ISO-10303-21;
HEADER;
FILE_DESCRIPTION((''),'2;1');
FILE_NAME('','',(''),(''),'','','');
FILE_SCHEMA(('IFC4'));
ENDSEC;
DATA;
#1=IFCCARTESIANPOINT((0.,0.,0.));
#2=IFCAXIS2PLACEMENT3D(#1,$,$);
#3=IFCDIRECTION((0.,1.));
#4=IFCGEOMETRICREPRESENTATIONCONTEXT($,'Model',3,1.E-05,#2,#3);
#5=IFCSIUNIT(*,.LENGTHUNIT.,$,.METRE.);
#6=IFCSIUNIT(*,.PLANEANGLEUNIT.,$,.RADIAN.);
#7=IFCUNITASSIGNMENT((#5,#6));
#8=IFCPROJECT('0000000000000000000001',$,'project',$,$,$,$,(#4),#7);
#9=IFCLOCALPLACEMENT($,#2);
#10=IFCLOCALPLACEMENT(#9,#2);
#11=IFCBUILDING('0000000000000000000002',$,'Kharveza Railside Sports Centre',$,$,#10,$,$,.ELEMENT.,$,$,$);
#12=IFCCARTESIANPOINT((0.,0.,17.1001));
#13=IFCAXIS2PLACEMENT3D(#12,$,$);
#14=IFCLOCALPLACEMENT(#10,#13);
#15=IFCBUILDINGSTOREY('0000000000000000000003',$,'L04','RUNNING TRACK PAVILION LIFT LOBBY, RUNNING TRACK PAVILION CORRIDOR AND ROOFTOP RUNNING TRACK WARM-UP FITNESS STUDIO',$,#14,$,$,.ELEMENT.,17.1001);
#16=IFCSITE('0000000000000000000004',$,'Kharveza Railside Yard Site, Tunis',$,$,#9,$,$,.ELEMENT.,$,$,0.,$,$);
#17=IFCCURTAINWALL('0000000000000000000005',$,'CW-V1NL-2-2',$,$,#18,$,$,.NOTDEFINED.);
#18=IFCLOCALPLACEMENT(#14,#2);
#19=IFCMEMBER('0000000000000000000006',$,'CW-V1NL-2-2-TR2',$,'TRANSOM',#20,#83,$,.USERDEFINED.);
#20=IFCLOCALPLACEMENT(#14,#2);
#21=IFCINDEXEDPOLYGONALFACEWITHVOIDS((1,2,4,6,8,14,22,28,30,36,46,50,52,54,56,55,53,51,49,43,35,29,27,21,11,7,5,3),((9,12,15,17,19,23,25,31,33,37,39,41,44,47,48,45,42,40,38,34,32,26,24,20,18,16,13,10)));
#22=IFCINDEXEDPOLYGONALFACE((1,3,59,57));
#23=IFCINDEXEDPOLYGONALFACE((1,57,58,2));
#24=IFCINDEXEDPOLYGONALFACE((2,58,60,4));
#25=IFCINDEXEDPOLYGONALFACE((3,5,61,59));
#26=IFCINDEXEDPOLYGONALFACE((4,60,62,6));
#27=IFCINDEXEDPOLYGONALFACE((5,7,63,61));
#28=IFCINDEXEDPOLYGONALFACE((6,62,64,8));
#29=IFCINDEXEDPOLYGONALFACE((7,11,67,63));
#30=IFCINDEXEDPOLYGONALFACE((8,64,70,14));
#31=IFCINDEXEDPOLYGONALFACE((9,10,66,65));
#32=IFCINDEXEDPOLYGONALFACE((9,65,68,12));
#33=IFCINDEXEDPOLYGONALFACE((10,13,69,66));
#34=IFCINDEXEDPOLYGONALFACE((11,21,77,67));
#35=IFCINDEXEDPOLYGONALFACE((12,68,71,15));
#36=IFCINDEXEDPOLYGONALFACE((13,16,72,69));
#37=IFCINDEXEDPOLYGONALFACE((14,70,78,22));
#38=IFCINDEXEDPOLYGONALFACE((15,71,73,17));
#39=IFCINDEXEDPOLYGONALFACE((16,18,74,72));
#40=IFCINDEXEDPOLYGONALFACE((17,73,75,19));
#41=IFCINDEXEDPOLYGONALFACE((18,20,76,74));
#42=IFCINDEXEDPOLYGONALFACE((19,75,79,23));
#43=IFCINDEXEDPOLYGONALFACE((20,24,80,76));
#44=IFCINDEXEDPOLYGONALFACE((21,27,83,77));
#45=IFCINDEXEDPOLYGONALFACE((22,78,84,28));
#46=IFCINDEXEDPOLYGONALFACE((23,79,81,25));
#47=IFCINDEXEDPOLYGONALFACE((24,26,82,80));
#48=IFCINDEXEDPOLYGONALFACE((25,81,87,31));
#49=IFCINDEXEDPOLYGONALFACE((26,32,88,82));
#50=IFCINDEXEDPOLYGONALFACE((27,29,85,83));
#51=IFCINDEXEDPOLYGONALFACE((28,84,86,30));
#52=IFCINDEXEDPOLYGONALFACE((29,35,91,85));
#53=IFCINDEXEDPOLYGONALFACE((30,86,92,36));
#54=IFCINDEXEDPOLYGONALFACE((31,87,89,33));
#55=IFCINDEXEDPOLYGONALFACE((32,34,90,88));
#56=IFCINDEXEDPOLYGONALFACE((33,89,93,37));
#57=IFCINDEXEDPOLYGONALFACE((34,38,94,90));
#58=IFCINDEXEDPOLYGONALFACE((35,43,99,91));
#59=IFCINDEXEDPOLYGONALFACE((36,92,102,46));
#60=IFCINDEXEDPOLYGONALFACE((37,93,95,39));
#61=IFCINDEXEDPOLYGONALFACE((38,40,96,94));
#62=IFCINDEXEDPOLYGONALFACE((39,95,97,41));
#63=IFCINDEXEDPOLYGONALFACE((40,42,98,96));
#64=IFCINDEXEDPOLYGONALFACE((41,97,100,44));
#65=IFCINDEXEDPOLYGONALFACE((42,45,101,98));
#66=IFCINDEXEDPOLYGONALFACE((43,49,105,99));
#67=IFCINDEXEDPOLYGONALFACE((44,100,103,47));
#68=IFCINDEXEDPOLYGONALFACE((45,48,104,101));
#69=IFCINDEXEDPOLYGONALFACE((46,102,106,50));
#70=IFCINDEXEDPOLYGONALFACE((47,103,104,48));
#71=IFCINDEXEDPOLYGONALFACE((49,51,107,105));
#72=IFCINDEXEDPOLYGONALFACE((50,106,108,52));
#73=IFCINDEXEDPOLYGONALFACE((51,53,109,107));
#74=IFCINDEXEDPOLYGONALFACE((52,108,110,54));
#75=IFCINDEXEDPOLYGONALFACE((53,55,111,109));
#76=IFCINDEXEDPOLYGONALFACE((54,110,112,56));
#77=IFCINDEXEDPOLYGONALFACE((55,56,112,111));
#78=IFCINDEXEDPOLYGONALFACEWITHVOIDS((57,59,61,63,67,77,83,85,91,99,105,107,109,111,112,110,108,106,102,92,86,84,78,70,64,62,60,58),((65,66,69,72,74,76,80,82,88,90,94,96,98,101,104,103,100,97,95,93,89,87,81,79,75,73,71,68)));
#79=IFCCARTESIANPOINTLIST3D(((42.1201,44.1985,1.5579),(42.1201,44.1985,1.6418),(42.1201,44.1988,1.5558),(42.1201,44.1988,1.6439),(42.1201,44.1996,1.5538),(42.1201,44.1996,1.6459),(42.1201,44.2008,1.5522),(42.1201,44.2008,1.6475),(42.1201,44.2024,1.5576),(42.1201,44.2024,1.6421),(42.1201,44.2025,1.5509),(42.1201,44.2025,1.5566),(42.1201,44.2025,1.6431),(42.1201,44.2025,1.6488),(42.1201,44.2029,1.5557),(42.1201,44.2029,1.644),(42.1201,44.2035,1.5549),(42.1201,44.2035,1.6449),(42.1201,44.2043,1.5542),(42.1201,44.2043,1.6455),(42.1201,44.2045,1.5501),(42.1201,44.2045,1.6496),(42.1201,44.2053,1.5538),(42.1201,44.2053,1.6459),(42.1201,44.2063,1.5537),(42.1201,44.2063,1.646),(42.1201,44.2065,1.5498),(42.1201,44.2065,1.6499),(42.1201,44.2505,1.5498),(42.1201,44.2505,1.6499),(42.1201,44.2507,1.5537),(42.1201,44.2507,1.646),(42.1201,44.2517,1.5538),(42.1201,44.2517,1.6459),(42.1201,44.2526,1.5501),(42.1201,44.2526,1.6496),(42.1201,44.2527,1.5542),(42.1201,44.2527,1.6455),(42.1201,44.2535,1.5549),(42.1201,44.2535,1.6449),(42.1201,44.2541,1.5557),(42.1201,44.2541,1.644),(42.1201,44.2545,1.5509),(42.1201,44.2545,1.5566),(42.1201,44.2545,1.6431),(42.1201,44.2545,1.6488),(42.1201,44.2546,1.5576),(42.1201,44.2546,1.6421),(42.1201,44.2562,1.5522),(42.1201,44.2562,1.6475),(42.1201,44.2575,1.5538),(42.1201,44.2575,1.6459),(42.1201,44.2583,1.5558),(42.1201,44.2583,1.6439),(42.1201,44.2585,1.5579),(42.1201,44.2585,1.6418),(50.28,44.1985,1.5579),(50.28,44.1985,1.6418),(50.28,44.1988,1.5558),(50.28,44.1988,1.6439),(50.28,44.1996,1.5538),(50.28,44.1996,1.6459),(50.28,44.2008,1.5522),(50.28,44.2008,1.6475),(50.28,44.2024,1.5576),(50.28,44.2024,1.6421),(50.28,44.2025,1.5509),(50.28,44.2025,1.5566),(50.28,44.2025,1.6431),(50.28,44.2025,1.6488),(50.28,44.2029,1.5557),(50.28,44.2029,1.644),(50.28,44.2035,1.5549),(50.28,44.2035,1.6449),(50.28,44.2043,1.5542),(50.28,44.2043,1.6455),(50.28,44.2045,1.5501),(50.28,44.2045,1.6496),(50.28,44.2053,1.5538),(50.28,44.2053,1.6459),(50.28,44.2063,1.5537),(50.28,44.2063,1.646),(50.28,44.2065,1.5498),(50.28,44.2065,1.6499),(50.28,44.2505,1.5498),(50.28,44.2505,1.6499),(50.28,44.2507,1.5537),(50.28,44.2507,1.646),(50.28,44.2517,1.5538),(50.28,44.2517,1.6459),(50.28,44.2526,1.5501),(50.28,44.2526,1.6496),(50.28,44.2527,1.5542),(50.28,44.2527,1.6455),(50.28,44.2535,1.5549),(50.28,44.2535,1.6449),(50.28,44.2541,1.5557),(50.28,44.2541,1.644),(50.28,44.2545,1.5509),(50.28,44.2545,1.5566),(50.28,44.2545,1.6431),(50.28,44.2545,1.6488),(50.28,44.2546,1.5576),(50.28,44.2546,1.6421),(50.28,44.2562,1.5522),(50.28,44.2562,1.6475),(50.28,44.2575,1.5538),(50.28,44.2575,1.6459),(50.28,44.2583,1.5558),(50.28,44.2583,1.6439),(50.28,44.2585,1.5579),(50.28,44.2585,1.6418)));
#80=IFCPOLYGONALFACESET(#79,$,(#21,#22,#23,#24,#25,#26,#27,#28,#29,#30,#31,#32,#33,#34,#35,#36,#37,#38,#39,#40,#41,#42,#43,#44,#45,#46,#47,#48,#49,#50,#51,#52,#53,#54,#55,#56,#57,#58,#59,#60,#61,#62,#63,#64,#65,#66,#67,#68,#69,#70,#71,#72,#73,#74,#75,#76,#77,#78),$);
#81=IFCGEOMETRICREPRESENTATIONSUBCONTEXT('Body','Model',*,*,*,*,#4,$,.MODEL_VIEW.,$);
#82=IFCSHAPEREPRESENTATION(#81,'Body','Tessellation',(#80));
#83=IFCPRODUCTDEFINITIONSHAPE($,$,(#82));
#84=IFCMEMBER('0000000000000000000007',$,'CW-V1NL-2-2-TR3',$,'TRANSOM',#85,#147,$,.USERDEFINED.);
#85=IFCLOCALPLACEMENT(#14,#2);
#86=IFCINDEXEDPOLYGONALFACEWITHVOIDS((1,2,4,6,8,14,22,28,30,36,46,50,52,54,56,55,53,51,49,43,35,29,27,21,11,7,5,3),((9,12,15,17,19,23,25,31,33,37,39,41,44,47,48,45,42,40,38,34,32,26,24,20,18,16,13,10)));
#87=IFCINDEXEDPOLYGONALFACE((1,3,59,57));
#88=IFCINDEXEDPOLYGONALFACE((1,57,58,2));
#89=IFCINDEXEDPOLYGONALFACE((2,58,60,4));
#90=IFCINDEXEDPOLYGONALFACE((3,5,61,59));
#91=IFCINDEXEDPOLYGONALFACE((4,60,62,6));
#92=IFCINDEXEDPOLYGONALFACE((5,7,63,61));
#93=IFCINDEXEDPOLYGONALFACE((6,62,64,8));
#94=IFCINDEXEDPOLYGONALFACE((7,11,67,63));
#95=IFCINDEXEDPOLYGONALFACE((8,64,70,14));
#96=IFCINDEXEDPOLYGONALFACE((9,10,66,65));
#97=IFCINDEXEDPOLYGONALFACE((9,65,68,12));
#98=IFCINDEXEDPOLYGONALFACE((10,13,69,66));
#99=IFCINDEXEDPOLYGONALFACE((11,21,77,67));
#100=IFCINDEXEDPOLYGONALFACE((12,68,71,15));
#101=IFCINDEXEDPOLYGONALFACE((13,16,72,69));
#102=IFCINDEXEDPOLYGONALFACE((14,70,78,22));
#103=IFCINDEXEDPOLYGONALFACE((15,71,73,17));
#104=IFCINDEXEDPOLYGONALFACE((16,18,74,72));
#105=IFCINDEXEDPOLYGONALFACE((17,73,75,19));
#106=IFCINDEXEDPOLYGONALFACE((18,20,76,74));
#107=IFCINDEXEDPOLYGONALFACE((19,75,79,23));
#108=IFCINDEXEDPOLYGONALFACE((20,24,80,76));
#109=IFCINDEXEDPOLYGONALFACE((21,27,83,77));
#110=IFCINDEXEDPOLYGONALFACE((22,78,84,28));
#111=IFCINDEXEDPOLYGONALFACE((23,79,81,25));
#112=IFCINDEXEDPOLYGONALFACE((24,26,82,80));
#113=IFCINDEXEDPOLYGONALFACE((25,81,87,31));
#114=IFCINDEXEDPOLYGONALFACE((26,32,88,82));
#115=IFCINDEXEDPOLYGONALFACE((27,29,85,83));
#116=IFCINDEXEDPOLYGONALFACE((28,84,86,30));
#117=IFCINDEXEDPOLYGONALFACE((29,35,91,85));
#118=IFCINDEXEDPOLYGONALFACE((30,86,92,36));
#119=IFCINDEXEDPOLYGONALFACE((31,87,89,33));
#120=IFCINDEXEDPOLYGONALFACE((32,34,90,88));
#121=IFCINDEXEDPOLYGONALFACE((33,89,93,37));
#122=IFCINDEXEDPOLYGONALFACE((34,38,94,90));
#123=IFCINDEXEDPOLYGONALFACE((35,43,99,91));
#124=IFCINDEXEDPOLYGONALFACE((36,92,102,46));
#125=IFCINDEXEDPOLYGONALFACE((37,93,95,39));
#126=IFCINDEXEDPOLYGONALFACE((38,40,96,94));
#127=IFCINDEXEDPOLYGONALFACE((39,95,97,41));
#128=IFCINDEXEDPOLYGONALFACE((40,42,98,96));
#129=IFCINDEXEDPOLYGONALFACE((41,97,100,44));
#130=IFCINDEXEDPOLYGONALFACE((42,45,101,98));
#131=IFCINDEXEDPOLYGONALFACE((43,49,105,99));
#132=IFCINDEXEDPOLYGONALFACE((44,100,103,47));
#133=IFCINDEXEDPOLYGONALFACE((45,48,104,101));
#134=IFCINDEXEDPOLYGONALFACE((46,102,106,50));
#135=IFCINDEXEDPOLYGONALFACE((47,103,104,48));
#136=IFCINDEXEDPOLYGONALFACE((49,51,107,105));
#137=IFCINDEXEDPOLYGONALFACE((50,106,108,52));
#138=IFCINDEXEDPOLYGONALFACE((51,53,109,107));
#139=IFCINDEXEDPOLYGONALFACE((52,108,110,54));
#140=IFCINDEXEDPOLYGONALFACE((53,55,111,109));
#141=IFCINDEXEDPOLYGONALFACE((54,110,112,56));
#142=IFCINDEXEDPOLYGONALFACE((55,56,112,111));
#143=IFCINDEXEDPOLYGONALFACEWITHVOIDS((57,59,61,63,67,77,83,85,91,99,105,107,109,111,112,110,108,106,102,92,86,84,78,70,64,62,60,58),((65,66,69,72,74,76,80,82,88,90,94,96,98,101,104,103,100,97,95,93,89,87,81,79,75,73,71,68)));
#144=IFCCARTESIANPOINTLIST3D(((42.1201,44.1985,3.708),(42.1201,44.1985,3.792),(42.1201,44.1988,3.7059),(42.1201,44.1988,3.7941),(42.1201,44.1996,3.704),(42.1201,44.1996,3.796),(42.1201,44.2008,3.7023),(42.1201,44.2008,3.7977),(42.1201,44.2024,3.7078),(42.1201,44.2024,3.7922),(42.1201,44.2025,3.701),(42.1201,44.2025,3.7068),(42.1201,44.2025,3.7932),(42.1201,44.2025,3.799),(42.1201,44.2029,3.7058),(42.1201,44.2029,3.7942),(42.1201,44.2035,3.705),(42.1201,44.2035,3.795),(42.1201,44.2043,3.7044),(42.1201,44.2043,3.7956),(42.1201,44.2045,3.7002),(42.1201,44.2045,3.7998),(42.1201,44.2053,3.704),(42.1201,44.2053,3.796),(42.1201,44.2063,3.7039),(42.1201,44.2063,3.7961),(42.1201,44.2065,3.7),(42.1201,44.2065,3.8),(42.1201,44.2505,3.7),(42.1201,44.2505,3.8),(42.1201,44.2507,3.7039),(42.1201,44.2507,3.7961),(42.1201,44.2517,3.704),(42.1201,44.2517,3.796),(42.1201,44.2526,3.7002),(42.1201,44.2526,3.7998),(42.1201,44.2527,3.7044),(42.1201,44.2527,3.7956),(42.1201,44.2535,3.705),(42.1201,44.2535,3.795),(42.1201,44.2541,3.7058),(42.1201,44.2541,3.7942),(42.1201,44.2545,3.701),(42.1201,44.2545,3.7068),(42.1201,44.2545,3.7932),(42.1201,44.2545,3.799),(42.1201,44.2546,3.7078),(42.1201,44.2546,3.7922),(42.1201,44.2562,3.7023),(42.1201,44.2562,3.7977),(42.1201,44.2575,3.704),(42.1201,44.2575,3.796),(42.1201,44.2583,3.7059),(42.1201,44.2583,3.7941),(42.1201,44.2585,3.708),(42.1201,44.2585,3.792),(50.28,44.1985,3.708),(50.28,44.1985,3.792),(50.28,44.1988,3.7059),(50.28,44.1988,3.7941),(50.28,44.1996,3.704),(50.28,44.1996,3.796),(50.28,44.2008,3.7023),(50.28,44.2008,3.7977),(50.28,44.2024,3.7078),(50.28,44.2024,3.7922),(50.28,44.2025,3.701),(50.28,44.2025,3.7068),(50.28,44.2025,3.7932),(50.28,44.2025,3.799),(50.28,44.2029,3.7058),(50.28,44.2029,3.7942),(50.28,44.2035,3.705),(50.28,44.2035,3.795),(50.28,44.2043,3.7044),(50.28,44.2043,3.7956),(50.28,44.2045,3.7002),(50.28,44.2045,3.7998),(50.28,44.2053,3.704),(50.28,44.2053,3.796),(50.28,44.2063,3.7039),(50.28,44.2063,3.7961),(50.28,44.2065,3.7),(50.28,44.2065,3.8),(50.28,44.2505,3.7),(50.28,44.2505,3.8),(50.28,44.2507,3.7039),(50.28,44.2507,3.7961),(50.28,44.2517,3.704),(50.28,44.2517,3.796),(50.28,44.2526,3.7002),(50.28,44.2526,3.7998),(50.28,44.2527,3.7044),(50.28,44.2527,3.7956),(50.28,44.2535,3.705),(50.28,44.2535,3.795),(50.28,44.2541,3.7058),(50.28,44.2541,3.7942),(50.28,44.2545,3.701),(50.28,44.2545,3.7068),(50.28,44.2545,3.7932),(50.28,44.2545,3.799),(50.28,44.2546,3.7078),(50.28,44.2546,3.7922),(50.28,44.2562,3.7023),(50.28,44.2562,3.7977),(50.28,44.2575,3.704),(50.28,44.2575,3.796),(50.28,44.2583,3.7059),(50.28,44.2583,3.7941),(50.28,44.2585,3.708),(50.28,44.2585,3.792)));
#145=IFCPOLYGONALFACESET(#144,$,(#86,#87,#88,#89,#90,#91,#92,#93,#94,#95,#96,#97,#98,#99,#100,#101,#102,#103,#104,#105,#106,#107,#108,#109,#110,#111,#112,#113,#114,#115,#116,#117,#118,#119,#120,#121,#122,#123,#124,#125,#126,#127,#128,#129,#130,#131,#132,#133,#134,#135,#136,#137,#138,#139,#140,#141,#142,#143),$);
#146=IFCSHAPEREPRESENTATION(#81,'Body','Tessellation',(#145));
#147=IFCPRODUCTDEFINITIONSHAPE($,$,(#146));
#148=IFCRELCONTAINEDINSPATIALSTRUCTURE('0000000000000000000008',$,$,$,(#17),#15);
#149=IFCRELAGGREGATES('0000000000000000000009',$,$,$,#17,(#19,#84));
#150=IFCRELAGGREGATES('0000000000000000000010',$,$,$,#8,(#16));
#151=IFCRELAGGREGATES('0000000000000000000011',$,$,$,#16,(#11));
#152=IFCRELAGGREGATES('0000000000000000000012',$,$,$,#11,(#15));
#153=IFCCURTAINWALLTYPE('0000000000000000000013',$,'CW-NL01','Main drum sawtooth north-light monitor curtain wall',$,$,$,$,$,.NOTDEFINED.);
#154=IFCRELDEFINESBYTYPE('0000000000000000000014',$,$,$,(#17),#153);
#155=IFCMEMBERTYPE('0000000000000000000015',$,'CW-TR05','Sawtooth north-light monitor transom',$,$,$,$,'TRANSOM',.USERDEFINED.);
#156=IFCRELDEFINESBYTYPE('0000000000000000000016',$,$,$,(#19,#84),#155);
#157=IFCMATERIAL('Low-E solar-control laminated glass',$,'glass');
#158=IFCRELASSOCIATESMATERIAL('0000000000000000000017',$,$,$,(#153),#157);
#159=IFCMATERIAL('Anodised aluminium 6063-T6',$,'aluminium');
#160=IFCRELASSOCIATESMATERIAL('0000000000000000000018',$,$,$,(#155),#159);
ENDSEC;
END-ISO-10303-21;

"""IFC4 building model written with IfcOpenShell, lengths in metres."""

from ifc_helpers import new_model, si_unit, direction, frame, origin, origin_2d, place, context, subcontext, project, spatial, hollow_rectangle, extrude, material, material_profile, profile_set, type_object, element, aggregate, save


model = new_model("IFC4")

# Units and contexts
model_context = context("Model", 3, precision=1e-05, world=origin(), true_north=direction((0.0, 1.0)))
body_context = subcontext(model_context, "Body", "Model", "MODEL_VIEW")
ifc_project = project(units=[si_unit("LENGTHUNIT", "METRE"), si_unit("PLANEANGLEUNIT", "RADIAN")], contexts=[model_context])

# Site, building, storey
site_placement = place(None, origin())
site = spatial("IfcSite", under=ifc_project, at=site_placement, Name="Kharveza Railside Yard Site, Tunis", CompositionType="ELEMENT", RefElevation=0.0)
building_placement = place(site_placement, origin())
building = spatial("IfcBuilding", under=site, at=building_placement, Name="Kharveza Railside Sports Centre", CompositionType="ELEMENT")
storey_placement = place(building_placement, frame((0.0, 0.0, 17.1001)))
storey = spatial("IfcBuildingStorey", under=building, at=storey_placement, Name="L04", Description="RUNNING TRACK PAVILION LIFT LOBBY, RUNNING TRACK PAVILION CORRIDOR AND ROOFTOP RUNNING TRACK WARM-UP FITNESS STUDIO", CompositionType="ELEMENT", Elevation=17.1001)

# Curtain wall
ifc_material_1 = material(Name="Low-E solar-control laminated glass", Category="glass")
curtain_wall_type = type_object("IfcCurtainWallType", Name="CW-NL01", Description="Main drum sawtooth north-light monitor curtain wall", PredefinedType="NOTDEFINED", material=ifc_material_1)
curtain_wall_1_placement = place(storey_placement, origin())
curtain_wall_1 = element("IfcCurtainWall", 1, at=curtain_wall_1_placement, inside=storey, type_object=curtain_wall_type, Name="CW-V1NL-2-2", PredefinedType="NOTDEFINED")
ifc_material_2 = material(Name="Anodised aluminium 6063-T6", Category="aluminium")

# Members
ifc_material_profile_1 = material_profile(ifc_material_2, hollow_rectangle(XDim=0.0601, YDim=0.1001, WallThickness=0.0039, InnerFilletRadius=0.0039, OuterFilletRadius=0.0081, at=origin_2d()), Name="RHS 60x100x4.0")
ifc_profile_set_1 = profile_set([ifc_material_profile_1], Name="Anodised aluminium 6063-T6")
member_type_1 = type_object("IfcMemberType", Name="CW-TR05", Description="Sawtooth north-light monitor transom", ElementType="TRANSOM", PredefinedType="USERDEFINED", material=ifc_profile_set_1)
member_1_placement = place(storey_placement, frame((42.1201, 44.2285, 1.5999), z_axis=(1.0, 0.0, 0.0), x_axis=(0.0, 1.0, 0.0)))
member_1 = element("IfcMember", 2, at=member_1_placement, type_object=member_type_1, Name="CW-V1NL-2-2-TR2", ObjectType="TRANSOM", PredefinedType="USERDEFINED", context=body_context, shape_type="SweptSolid", body=[
    extrude(hollow_rectangle(XDim=0.0601, YDim=0.1001, WallThickness=0.0039, InnerFilletRadius=0.0039, OuterFilletRadius=0.0081, at=origin_2d()), origin(), (0.0, 0.0, 1.0), 8.1599),
])
member_2_placement = place(storey_placement, frame((42.1201, 44.2285, 3.75), z_axis=(1.0, 0.0, 0.0), x_axis=(0.0, 1.0, 0.0)))
member_2 = element("IfcMember", 3, at=member_2_placement, type_object=member_type_1, Name="CW-V1NL-2-2-TR3", ObjectType="TRANSOM", PredefinedType="USERDEFINED", context=body_context, shape_type="SweptSolid", body=[
    extrude(hollow_rectangle(XDim=0.0601, YDim=0.1001, WallThickness=0.0039, InnerFilletRadius=0.0039, OuterFilletRadius=0.0081, at=origin_2d()), origin(), (0.0, 0.0, 1.0), 8.1599),
])

aggregate(curtain_wall_1, [member_1, member_2])

save(model, "model.ifc")
